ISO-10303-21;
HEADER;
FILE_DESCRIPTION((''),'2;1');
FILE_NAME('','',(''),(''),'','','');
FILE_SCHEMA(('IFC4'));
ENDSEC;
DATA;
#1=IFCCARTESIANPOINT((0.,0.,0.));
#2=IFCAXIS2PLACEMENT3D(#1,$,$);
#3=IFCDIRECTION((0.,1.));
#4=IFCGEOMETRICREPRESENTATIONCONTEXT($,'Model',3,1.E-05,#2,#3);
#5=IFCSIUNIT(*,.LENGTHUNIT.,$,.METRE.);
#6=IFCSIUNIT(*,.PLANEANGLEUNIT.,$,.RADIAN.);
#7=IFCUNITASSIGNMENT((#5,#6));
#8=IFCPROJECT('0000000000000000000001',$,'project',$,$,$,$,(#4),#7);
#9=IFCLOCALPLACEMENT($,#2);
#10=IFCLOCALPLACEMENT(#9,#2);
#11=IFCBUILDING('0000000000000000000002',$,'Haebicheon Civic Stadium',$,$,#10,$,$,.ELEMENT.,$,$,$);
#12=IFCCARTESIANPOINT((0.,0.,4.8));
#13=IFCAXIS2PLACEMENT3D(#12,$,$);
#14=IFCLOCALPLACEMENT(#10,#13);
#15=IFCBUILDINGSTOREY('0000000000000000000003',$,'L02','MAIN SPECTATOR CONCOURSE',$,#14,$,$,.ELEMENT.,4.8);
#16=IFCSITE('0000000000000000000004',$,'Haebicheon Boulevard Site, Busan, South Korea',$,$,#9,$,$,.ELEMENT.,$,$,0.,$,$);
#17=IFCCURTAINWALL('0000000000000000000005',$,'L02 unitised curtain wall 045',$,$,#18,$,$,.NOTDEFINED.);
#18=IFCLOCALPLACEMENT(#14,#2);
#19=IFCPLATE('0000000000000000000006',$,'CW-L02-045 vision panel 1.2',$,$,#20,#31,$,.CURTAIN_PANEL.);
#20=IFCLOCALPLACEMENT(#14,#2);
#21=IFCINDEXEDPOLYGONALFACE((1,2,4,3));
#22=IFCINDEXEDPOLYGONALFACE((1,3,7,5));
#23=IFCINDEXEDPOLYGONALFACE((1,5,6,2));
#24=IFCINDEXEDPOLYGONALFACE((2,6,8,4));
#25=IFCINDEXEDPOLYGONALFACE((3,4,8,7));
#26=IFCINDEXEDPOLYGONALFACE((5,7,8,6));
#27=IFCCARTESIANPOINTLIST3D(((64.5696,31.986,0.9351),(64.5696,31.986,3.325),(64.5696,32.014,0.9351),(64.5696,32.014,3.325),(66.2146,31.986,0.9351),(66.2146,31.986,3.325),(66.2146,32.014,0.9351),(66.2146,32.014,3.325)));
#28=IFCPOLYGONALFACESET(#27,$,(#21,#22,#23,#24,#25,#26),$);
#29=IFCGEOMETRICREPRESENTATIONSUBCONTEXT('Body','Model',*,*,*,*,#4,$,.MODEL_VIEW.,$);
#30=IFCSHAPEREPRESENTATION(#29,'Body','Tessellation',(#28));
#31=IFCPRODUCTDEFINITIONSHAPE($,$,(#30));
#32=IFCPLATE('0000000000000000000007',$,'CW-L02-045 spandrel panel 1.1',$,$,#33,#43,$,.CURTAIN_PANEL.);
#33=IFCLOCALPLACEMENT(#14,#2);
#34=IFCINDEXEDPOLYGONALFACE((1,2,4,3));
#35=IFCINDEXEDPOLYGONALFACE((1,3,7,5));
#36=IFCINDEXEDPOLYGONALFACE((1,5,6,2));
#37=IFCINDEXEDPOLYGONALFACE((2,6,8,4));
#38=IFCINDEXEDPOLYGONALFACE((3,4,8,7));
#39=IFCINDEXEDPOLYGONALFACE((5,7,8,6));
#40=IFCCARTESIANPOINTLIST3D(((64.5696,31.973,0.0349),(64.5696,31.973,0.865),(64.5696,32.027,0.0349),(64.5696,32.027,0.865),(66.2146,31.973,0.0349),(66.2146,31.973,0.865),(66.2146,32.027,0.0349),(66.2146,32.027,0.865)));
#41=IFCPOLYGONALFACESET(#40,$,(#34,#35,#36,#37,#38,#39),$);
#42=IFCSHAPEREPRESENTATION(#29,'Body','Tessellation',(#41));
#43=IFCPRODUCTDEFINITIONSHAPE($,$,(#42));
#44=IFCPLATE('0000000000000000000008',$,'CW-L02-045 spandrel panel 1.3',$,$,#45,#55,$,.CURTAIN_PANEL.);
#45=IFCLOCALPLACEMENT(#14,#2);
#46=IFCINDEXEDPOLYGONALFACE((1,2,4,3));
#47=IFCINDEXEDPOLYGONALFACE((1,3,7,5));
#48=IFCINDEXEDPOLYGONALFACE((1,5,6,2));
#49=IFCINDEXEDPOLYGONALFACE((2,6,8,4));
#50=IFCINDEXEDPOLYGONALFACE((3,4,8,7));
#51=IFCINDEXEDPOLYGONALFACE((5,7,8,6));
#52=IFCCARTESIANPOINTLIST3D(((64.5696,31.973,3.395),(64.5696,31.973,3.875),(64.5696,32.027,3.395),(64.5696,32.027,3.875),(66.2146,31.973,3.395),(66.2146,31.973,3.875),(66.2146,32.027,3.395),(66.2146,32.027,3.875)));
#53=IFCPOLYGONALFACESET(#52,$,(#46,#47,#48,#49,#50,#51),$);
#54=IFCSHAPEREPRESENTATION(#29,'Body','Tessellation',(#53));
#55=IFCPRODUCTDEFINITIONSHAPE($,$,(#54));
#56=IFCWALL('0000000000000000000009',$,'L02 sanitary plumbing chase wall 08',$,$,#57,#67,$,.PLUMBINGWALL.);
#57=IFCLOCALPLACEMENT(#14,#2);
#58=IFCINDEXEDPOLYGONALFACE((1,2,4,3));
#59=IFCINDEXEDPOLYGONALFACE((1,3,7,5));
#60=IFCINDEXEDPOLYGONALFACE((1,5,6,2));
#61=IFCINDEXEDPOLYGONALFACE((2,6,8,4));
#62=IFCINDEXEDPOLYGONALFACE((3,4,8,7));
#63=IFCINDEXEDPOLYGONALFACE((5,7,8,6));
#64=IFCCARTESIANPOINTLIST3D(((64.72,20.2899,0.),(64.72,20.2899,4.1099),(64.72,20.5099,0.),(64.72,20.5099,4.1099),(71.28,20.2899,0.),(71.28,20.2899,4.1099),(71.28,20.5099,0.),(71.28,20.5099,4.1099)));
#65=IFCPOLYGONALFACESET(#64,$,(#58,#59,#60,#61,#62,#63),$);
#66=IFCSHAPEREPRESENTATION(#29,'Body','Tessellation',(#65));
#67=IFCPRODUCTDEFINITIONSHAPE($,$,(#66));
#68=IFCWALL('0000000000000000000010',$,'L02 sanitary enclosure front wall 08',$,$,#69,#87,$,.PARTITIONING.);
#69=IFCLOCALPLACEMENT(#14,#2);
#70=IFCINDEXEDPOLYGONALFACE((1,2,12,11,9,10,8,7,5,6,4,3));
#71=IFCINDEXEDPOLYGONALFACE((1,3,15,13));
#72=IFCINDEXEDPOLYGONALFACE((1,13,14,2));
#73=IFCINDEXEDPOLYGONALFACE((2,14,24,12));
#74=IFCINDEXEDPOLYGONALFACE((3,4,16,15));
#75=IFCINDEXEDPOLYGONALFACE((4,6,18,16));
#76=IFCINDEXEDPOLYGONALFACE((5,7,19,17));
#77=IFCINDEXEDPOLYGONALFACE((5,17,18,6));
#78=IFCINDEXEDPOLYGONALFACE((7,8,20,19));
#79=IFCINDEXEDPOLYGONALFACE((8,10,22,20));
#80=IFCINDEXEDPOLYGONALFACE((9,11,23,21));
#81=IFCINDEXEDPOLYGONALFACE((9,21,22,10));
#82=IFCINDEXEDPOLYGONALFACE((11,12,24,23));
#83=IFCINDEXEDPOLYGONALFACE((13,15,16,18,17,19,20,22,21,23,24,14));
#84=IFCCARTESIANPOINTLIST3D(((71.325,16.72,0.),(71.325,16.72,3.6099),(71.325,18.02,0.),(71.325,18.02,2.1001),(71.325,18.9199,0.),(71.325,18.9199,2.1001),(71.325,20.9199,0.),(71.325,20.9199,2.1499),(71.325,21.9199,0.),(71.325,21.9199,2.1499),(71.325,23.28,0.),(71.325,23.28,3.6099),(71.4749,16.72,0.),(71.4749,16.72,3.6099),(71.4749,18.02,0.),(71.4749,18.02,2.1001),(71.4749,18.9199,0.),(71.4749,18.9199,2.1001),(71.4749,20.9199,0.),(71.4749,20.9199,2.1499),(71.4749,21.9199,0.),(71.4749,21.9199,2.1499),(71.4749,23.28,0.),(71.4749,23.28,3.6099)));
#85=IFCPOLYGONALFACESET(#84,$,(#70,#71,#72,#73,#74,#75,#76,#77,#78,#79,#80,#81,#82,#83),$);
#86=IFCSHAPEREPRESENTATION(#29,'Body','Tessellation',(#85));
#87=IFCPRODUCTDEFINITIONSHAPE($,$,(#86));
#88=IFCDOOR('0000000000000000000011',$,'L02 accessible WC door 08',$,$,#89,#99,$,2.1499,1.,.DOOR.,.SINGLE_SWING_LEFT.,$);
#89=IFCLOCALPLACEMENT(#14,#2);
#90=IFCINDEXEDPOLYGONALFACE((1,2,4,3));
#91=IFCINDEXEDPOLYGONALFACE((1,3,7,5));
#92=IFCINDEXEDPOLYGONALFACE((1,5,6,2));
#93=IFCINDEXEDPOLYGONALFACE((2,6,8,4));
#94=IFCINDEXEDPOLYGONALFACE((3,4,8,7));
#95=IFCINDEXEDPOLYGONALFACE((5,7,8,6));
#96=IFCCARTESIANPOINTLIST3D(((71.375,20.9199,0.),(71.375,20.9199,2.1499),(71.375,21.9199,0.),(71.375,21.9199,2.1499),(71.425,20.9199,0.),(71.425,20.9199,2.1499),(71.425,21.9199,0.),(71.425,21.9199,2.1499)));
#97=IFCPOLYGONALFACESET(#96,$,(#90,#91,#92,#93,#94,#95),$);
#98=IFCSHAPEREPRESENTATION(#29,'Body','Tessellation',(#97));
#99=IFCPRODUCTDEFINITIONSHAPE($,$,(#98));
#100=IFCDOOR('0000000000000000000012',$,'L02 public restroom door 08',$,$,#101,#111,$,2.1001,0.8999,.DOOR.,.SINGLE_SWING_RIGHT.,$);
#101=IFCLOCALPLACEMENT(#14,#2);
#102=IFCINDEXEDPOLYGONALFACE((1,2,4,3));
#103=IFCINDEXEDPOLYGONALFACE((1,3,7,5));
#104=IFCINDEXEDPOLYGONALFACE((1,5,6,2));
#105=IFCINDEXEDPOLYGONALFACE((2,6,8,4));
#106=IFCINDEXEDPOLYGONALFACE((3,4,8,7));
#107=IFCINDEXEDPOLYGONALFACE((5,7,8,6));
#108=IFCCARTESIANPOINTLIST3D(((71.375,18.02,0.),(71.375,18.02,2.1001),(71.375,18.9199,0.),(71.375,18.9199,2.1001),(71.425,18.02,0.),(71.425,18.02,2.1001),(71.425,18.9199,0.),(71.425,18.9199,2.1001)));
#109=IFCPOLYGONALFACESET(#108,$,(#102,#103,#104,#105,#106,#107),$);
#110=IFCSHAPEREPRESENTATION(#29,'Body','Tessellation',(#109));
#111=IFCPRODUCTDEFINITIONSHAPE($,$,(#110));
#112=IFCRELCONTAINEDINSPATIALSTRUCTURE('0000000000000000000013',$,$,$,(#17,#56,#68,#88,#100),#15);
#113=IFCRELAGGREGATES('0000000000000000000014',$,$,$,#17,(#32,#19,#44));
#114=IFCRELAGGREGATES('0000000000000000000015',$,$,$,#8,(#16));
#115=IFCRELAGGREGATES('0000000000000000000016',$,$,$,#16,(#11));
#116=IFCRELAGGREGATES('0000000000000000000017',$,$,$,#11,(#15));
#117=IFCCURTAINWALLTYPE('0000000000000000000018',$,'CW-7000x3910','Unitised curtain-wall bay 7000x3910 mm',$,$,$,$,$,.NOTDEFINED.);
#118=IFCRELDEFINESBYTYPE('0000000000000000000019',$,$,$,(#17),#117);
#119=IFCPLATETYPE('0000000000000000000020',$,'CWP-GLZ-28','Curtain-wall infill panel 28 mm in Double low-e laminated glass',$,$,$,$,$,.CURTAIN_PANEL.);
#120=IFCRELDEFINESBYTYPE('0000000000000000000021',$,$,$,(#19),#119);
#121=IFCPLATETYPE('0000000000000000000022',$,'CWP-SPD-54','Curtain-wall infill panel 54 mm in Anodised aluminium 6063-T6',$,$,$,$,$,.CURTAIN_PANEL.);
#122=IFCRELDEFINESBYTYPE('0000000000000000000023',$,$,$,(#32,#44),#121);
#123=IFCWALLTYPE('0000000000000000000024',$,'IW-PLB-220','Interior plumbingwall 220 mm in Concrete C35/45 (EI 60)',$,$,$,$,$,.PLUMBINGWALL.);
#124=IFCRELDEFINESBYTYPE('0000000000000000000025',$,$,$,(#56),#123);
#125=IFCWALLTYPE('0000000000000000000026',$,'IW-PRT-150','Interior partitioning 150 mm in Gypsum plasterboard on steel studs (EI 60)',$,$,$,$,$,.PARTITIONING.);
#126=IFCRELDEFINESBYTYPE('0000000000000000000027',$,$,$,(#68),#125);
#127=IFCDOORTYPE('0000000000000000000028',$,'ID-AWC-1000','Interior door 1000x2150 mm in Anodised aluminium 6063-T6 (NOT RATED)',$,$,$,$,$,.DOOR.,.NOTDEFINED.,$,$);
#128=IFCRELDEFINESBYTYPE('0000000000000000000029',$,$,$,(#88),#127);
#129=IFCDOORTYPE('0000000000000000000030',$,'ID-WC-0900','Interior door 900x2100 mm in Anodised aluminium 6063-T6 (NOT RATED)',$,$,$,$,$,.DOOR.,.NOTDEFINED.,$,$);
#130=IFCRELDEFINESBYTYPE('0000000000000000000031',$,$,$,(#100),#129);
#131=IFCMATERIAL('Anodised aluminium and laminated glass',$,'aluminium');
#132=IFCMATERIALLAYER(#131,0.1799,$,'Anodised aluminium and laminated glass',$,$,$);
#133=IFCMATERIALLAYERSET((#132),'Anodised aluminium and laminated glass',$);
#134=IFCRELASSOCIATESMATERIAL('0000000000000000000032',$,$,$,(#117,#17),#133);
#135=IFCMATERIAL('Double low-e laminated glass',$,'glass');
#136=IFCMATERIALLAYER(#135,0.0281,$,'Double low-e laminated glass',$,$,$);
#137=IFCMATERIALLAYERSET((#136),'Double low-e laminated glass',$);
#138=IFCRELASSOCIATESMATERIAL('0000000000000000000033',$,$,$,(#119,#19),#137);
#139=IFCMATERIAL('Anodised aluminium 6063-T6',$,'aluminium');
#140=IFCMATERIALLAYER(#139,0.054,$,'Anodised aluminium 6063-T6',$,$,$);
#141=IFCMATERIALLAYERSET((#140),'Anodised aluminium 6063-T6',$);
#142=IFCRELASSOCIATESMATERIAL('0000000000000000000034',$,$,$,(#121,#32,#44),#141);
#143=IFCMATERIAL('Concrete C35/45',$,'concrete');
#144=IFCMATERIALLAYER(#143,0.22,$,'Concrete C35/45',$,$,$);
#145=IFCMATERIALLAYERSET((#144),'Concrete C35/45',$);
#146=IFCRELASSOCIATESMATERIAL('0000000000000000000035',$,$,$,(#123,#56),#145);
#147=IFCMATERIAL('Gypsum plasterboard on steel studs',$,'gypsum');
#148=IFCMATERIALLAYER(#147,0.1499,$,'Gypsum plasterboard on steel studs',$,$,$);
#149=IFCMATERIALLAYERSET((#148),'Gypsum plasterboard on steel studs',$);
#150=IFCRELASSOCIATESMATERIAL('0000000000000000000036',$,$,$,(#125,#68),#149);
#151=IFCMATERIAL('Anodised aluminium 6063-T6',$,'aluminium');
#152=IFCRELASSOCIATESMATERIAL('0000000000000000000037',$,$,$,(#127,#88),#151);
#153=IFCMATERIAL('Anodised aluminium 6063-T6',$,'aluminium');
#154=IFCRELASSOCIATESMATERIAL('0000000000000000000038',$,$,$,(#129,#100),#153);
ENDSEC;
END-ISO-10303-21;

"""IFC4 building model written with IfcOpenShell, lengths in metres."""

from ifc_helpers import new_model, si_unit, direction, frame, frame_2d, origin, origin_2d, place, context, subcontext, project, spatial, rectangle, extrude, material, layer, layer_set, type_object, element, fill, aggregate, save


model = new_model("IFC4")

# Units and contexts
model_context = context("Model", 3, precision=1e-05, world=origin(), true_north=direction((0.0, 1.0)))
body_context = subcontext(model_context, "Body", "Model", "MODEL_VIEW")
ifc_project = project(units=[si_unit("LENGTHUNIT", "METRE"), si_unit("PLANEANGLEUNIT", "RADIAN")], contexts=[model_context])

# Site, building, storey
site_placement = place(None, origin())
site = spatial("IfcSite", under=ifc_project, at=site_placement, Name="Haebicheon Boulevard Site, Busan, South Korea", CompositionType="ELEMENT", RefElevation=0.0)
building_placement = place(site_placement, origin())
building = spatial("IfcBuilding", under=site, at=building_placement, Name="Haebicheon Civic Stadium", CompositionType="ELEMENT")
storey_placement = place(building_placement, frame((0.0, 0.0, 4.8)))
storey = spatial("IfcBuildingStorey", under=building, at=storey_placement, Name="L02", Description="MAIN SPECTATOR CONCOURSE", CompositionType="ELEMENT", Elevation=4.8)

# Curtain wall
ifc_material_1 = material(Name="Anodised aluminium and laminated glass", Category="aluminium")
ifc_layer_1 = layer(ifc_material_1, 0.1799, Name="Anodised aluminium and laminated glass")
ifc_layer_set_1 = layer_set([ifc_layer_1], Name="Anodised aluminium and laminated glass")
curtain_wall_type = type_object("IfcCurtainWallType", Name="CW-7000x3910", Description="Unitised curtain-wall bay 7000x3910 mm", PredefinedType="NOTDEFINED", material=ifc_layer_set_1)
curtain_wall_placement = place(storey_placement, origin())
curtain_wall = element("IfcCurtainWall", 1, at=curtain_wall_placement, inside=storey, type_object=curtain_wall_type, material=ifc_layer_set_1, Name="L02 unitised curtain wall 045", PredefinedType="NOTDEFINED")

# Plates
ifc_material_2 = material(Name="Double low-e laminated glass", Category="glass")
ifc_layer_2 = layer(ifc_material_2, 0.0281, Name="Double low-e laminated glass")
ifc_layer_set_2 = layer_set([ifc_layer_2], Name="Double low-e laminated glass")
plate_type_1 = type_object("IfcPlateType", Name="CWP-GLZ-28", Description="Curtain-wall infill panel 28 mm in Double low-e laminated glass", PredefinedType="CURTAIN_PANEL", material=ifc_layer_set_2)
plate_1_placement = place(storey_placement, frame((65.3921, 32.0, 0.9351), z_axis=(0.0, 0.0, 1.0), x_axis=(1.0, 0.0, 0.0)))
plate_1 = element("IfcPlate", 2, at=plate_1_placement, type_object=plate_type_1, material=ifc_layer_set_2, Name="CW-L02-045 vision panel 1.2", PredefinedType="CURTAIN_PANEL", context=body_context, shape_type="SweptSolid", body=[
    extrude(rectangle(XDim=1.645, YDim=0.0281, at=origin_2d()), origin(), (0.0, 0.0, 1.0), 2.3899),
])
ifc_material_3 = material(Name="Anodised aluminium 6063-T6", Category="aluminium")
ifc_layer_3 = layer(ifc_material_3, 0.054, Name="Anodised aluminium 6063-T6")
ifc_layer_set_3 = layer_set([ifc_layer_3], Name="Anodised aluminium 6063-T6")
plate_type_2 = type_object("IfcPlateType", Name="CWP-SPD-54", Description="Curtain-wall infill panel 54 mm in Anodised aluminium 6063-T6", PredefinedType="CURTAIN_PANEL", material=ifc_layer_set_3)
plate_2_placement = place(storey_placement, frame((65.3921, 32.0, 0.0349), z_axis=(0.0, 0.0, 1.0), x_axis=(1.0, 0.0, 0.0)))
plate_2 = element("IfcPlate", 3, at=plate_2_placement, type_object=plate_type_2, material=ifc_layer_set_3, Name="CW-L02-045 spandrel panel 1.1", PredefinedType="CURTAIN_PANEL", context=body_context, shape_type="SweptSolid", body=[
    extrude(rectangle(XDim=1.645, YDim=0.054, at=origin_2d()), origin(), (0.0, 0.0, 1.0), 0.8301),
])
plate_3_placement = place(storey_placement, frame((65.3921, 32.0, 3.395), z_axis=(0.0, 0.0, 1.0), x_axis=(1.0, 0.0, 0.0)))
plate_3 = element("IfcPlate", 4, at=plate_3_placement, type_object=plate_type_2, material=ifc_layer_set_3, Name="CW-L02-045 spandrel panel 1.3", PredefinedType="CURTAIN_PANEL", context=body_context, shape_type="SweptSolid", body=[
    extrude(rectangle(XDim=1.645, YDim=0.054, at=origin_2d()), origin(), (0.0, 0.0, 1.0), 0.48),
])
aggregate(curtain_wall, [plate_2, plate_1, plate_3])

# Wall
ifc_material_4 = material(Name="Concrete C35/45", Category="concrete")
ifc_layer_4 = layer(ifc_material_4, 0.22, Name="Concrete C35/45")
ifc_layer_set_4 = layer_set([ifc_layer_4], Name="Concrete C35/45")
wall_type_1 = type_object("IfcWallType", Name="IW-PLB-220", Description="Interior plumbingwall 220 mm in Concrete C35/45 (EI 60)", PredefinedType="PLUMBINGWALL", material=ifc_layer_set_4)
wall_1_placement = place(storey_placement, frame((64.72, 20.3999, 0.0), z_axis=(0.0, 0.0, 1.0), x_axis=(1.0, 0.0, 0.0)))
element("IfcWall", 5, at=wall_1_placement, inside=storey, type_object=wall_type_1, material=ifc_layer_set_4, Name="L02 sanitary plumbing chase wall 08", PredefinedType="PLUMBINGWALL", context=body_context, shape_type="SweptSolid", body=[
    extrude(rectangle(XDim=6.5601, YDim=0.22, at=frame_2d((3.28, 0.0))), origin(), (0.0, 0.0, 1.0), 4.1099),
])

# Wall, openings, doors
ifc_material_5 = material(Name="Gypsum plasterboard on steel studs", Category="gypsum")
ifc_layer_5 = layer(ifc_material_5, 0.1499, Name="Gypsum plasterboard on steel studs")
ifc_layer_set_5 = layer_set([ifc_layer_5], Name="Gypsum plasterboard on steel studs")
wall_type_2 = type_object("IfcWallType", Name="IW-PRT-150", Description="Interior partitioning 150 mm in Gypsum plasterboard on steel studs (EI 60)", PredefinedType="PARTITIONING", material=ifc_layer_set_5)
wall_2_placement = place(storey_placement, frame((71.3999, 16.72, 0.0), z_axis=(0.0, 0.0, 1.0), x_axis=(0.0, 1.0, 0.0)))
wall_2 = element("IfcWall", 6, at=wall_2_placement, inside=storey, type_object=wall_type_2, material=ifc_layer_set_5, Name="L02 sanitary enclosure front wall 08", PredefinedType="PARTITIONING", context=body_context, shape_type="SweptSolid", body=[
    extrude(rectangle(XDim=6.5601, YDim=0.1499, at=frame_2d((3.28, 0.0))), origin(), (0.0, 0.0, 1.0), 3.6099),
])
opening_1_placement = place(wall_2_placement, frame((1.3, 0.0, 0.0)))
opening_1 = element("IfcOpeningElement", 7, at=opening_1_placement, cuts=wall_2, PredefinedType="OPENING", context=body_context, shape_type="SweptSolid", body=[
    extrude(rectangle(XDim=0.8999, YDim=2.1001, at=frame_2d((0.45, 1.05))), frame((0.0, 0.085, 0.0), z_axis=(0.0, -1.0, 0.0), x_axis=(1.0, 0.0, 0.0)), (0.0, 0.0, 1.0), 0.1699),
])
opening_2_placement = place(wall_2_placement, frame((4.2, 0.0, 0.0)))
opening_2 = element("IfcOpeningElement", 8, at=opening_2_placement, cuts=wall_2, PredefinedType="OPENING", context=body_context, shape_type="SweptSolid", body=[
    extrude(rectangle(XDim=1.0, YDim=2.1499, at=frame_2d((0.5, 1.075))), frame((0.0, 0.085, 0.0), z_axis=(0.0, -1.0, 0.0), x_axis=(1.0, 0.0, 0.0)), (0.0, 0.0, 1.0), 0.1699),
])
ifc_material_6 = material(Name="Anodised aluminium 6063-T6", Category="aluminium")
door_type_1 = type_object("IfcDoorType", Name="ID-AWC-1000", Description="Interior door 1000x2150 mm in Anodised aluminium 6063-T6 (NOT RATED)", OperationType="NOTDEFINED", PredefinedType="DOOR", material=ifc_material_6)
door_1_placement = place(opening_2_placement, origin())
door_1 = element("IfcDoor", 9, at=door_1_placement, inside=storey, type_object=door_type_1, material=ifc_material_6, Name="L02 accessible WC door 08", OperationType="SINGLE_SWING_LEFT", OverallHeight=2.1499, OverallWidth=1.0, PredefinedType="DOOR", context=body_context, shape_type="SweptSolid", body=[
    extrude(rectangle(XDim=1.0, YDim=2.1499, at=frame_2d((0.5, 1.075))), frame((0.0, 0.0249, 0.0), z_axis=(0.0, -1.0, 0.0), x_axis=(1.0, 0.0, 0.0)), (0.0, 0.0, 1.0), 0.05),
])
fill(opening_2, door_1)
ifc_material_7 = material(Name="Anodised aluminium 6063-T6", Category="aluminium")
door_type_2 = type_object("IfcDoorType", Name="ID-WC-0900", Description="Interior door 900x2100 mm in Anodised aluminium 6063-T6 (NOT RATED)", OperationType="NOTDEFINED", PredefinedType="DOOR", material=ifc_material_7)
door_2_placement = place(opening_1_placement, origin())
door_2 = element("IfcDoor", 10, at=door_2_placement, inside=storey, type_object=door_type_2, material=ifc_material_7, Name="L02 public restroom door 08", OperationType="SINGLE_SWING_RIGHT", OverallHeight=2.1001, OverallWidth=0.8999, PredefinedType="DOOR", context=body_context, shape_type="SweptSolid", body=[
    extrude(rectangle(XDim=0.8999, YDim=2.1001, at=frame_2d((0.45, 1.05))), frame((0.0, 0.0249, 0.0), z_axis=(0.0, -1.0, 0.0), x_axis=(1.0, 0.0, 0.0)), (0.0, 0.0, 1.0), 0.05),
])
fill(opening_1, door_2)

save(model, "model.ifc")
